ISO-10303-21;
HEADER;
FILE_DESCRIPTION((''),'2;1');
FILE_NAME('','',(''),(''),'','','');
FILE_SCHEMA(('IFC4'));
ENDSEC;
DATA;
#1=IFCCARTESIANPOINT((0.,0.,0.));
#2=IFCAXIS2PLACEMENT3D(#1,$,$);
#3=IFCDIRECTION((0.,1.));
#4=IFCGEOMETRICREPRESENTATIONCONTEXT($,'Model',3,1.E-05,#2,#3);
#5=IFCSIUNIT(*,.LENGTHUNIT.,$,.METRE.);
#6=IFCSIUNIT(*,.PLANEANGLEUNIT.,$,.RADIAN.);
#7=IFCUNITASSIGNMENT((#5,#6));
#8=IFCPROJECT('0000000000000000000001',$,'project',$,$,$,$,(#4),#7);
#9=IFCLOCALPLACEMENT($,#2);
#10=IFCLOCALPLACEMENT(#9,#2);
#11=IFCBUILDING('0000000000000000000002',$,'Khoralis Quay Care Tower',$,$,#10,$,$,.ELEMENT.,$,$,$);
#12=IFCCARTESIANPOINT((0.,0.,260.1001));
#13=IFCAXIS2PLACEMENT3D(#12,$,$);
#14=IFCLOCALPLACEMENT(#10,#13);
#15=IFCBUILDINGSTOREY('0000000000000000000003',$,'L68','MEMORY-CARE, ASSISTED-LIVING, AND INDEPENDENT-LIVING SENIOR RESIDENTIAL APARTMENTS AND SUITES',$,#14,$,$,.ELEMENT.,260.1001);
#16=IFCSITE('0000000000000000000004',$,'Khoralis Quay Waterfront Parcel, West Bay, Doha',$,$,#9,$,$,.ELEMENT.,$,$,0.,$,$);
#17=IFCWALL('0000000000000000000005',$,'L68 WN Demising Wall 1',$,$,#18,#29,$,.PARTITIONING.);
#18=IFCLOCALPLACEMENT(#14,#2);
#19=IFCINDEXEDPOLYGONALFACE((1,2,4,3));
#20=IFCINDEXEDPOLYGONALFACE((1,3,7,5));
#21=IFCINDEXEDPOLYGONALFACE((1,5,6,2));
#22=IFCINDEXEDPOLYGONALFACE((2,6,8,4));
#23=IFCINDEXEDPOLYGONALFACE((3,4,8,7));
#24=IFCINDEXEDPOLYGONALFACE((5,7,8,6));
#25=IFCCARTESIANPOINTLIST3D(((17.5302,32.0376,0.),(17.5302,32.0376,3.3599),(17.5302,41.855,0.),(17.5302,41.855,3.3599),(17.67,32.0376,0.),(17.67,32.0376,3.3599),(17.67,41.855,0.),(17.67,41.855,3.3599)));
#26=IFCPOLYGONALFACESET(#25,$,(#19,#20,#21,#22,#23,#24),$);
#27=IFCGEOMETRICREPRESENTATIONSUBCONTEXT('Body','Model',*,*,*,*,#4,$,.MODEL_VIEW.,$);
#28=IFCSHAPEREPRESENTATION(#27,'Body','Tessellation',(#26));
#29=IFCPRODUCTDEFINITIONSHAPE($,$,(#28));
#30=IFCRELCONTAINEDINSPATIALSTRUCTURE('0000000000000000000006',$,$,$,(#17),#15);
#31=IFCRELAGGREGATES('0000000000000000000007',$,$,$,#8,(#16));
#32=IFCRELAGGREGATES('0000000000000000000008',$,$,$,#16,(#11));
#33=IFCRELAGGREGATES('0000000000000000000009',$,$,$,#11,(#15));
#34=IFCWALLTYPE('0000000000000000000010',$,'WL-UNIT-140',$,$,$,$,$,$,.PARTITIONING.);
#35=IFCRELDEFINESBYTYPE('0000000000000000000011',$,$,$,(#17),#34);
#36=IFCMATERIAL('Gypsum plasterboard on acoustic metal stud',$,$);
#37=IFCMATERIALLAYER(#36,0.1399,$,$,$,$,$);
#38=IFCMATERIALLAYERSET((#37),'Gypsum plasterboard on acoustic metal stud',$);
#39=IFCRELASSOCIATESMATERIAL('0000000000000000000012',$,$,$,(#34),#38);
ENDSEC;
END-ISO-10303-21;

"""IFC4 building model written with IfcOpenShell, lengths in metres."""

from ifc_helpers import new_model, si_unit, direction, frame, frame_2d, origin, place, context, subcontext, project, spatial, rectangle, extrude, material, layer, layer_set, type_object, element, save


model = new_model("IFC4")

# Units and contexts
model_context = context("Model", 3, precision=1e-05, world=origin(), true_north=direction((0.0, 1.0)))
body_context = subcontext(model_context, "Body", "Model", "MODEL_VIEW")
ifc_project = project(units=[si_unit("LENGTHUNIT", "METRE"), si_unit("PLANEANGLEUNIT", "RADIAN")], contexts=[model_context])

# Site, building, storey
site_placement = place(None, origin())
site = spatial("IfcSite", under=ifc_project, at=site_placement, Name="Khoralis Quay Waterfront Parcel, West Bay, Doha", CompositionType="ELEMENT", RefElevation=0.0)
building_placement = place(site_placement, origin())
building = spatial("IfcBuilding", under=site, at=building_placement, Name="Khoralis Quay Care Tower", CompositionType="ELEMENT")
storey_placement = place(building_placement, frame((0.0, 0.0, 260.1001)))
storey = spatial("IfcBuildingStorey", under=building, at=storey_placement, Name="L68", Description="MEMORY-CARE, ASSISTED-LIVING, AND INDEPENDENT-LIVING SENIOR RESIDENTIAL APARTMENTS AND SUITES", CompositionType="ELEMENT", Elevation=260.1001)

# Shared definitions
ifc_material_1 = material(Name="Gypsum plasterboard on acoustic metal stud")

# Wall
ifc_layer_1 = layer(ifc_material_1, 0.1399)
ifc_layer_set_1 = layer_set([ifc_layer_1], Name="Gypsum plasterboard on acoustic metal stud")
wall_type_1 = type_object("IfcWallType", Name="WL-UNIT-140", PredefinedType="PARTITIONING", material=ifc_layer_set_1)
wall_1_placement = place(storey_placement, frame((17.6001, 32.0376, 0.0), z_axis=(0.0, 0.0, 1.0), x_axis=(0.0, 1.0, 0.0)))
element("IfcWall", 1, at=wall_1_placement, inside=storey, type_object=wall_type_1, Name="L68 WN Demising Wall 1", PredefinedType="PARTITIONING", context=body_context, shape_type="SweptSolid", body=[
    extrude(rectangle(XDim=9.8174, YDim=0.1399, at=frame_2d((4.9087, 0.0))), origin(), (0.0, 0.0, 1.0), 3.3599),
])

save(model, "model.ifc")
